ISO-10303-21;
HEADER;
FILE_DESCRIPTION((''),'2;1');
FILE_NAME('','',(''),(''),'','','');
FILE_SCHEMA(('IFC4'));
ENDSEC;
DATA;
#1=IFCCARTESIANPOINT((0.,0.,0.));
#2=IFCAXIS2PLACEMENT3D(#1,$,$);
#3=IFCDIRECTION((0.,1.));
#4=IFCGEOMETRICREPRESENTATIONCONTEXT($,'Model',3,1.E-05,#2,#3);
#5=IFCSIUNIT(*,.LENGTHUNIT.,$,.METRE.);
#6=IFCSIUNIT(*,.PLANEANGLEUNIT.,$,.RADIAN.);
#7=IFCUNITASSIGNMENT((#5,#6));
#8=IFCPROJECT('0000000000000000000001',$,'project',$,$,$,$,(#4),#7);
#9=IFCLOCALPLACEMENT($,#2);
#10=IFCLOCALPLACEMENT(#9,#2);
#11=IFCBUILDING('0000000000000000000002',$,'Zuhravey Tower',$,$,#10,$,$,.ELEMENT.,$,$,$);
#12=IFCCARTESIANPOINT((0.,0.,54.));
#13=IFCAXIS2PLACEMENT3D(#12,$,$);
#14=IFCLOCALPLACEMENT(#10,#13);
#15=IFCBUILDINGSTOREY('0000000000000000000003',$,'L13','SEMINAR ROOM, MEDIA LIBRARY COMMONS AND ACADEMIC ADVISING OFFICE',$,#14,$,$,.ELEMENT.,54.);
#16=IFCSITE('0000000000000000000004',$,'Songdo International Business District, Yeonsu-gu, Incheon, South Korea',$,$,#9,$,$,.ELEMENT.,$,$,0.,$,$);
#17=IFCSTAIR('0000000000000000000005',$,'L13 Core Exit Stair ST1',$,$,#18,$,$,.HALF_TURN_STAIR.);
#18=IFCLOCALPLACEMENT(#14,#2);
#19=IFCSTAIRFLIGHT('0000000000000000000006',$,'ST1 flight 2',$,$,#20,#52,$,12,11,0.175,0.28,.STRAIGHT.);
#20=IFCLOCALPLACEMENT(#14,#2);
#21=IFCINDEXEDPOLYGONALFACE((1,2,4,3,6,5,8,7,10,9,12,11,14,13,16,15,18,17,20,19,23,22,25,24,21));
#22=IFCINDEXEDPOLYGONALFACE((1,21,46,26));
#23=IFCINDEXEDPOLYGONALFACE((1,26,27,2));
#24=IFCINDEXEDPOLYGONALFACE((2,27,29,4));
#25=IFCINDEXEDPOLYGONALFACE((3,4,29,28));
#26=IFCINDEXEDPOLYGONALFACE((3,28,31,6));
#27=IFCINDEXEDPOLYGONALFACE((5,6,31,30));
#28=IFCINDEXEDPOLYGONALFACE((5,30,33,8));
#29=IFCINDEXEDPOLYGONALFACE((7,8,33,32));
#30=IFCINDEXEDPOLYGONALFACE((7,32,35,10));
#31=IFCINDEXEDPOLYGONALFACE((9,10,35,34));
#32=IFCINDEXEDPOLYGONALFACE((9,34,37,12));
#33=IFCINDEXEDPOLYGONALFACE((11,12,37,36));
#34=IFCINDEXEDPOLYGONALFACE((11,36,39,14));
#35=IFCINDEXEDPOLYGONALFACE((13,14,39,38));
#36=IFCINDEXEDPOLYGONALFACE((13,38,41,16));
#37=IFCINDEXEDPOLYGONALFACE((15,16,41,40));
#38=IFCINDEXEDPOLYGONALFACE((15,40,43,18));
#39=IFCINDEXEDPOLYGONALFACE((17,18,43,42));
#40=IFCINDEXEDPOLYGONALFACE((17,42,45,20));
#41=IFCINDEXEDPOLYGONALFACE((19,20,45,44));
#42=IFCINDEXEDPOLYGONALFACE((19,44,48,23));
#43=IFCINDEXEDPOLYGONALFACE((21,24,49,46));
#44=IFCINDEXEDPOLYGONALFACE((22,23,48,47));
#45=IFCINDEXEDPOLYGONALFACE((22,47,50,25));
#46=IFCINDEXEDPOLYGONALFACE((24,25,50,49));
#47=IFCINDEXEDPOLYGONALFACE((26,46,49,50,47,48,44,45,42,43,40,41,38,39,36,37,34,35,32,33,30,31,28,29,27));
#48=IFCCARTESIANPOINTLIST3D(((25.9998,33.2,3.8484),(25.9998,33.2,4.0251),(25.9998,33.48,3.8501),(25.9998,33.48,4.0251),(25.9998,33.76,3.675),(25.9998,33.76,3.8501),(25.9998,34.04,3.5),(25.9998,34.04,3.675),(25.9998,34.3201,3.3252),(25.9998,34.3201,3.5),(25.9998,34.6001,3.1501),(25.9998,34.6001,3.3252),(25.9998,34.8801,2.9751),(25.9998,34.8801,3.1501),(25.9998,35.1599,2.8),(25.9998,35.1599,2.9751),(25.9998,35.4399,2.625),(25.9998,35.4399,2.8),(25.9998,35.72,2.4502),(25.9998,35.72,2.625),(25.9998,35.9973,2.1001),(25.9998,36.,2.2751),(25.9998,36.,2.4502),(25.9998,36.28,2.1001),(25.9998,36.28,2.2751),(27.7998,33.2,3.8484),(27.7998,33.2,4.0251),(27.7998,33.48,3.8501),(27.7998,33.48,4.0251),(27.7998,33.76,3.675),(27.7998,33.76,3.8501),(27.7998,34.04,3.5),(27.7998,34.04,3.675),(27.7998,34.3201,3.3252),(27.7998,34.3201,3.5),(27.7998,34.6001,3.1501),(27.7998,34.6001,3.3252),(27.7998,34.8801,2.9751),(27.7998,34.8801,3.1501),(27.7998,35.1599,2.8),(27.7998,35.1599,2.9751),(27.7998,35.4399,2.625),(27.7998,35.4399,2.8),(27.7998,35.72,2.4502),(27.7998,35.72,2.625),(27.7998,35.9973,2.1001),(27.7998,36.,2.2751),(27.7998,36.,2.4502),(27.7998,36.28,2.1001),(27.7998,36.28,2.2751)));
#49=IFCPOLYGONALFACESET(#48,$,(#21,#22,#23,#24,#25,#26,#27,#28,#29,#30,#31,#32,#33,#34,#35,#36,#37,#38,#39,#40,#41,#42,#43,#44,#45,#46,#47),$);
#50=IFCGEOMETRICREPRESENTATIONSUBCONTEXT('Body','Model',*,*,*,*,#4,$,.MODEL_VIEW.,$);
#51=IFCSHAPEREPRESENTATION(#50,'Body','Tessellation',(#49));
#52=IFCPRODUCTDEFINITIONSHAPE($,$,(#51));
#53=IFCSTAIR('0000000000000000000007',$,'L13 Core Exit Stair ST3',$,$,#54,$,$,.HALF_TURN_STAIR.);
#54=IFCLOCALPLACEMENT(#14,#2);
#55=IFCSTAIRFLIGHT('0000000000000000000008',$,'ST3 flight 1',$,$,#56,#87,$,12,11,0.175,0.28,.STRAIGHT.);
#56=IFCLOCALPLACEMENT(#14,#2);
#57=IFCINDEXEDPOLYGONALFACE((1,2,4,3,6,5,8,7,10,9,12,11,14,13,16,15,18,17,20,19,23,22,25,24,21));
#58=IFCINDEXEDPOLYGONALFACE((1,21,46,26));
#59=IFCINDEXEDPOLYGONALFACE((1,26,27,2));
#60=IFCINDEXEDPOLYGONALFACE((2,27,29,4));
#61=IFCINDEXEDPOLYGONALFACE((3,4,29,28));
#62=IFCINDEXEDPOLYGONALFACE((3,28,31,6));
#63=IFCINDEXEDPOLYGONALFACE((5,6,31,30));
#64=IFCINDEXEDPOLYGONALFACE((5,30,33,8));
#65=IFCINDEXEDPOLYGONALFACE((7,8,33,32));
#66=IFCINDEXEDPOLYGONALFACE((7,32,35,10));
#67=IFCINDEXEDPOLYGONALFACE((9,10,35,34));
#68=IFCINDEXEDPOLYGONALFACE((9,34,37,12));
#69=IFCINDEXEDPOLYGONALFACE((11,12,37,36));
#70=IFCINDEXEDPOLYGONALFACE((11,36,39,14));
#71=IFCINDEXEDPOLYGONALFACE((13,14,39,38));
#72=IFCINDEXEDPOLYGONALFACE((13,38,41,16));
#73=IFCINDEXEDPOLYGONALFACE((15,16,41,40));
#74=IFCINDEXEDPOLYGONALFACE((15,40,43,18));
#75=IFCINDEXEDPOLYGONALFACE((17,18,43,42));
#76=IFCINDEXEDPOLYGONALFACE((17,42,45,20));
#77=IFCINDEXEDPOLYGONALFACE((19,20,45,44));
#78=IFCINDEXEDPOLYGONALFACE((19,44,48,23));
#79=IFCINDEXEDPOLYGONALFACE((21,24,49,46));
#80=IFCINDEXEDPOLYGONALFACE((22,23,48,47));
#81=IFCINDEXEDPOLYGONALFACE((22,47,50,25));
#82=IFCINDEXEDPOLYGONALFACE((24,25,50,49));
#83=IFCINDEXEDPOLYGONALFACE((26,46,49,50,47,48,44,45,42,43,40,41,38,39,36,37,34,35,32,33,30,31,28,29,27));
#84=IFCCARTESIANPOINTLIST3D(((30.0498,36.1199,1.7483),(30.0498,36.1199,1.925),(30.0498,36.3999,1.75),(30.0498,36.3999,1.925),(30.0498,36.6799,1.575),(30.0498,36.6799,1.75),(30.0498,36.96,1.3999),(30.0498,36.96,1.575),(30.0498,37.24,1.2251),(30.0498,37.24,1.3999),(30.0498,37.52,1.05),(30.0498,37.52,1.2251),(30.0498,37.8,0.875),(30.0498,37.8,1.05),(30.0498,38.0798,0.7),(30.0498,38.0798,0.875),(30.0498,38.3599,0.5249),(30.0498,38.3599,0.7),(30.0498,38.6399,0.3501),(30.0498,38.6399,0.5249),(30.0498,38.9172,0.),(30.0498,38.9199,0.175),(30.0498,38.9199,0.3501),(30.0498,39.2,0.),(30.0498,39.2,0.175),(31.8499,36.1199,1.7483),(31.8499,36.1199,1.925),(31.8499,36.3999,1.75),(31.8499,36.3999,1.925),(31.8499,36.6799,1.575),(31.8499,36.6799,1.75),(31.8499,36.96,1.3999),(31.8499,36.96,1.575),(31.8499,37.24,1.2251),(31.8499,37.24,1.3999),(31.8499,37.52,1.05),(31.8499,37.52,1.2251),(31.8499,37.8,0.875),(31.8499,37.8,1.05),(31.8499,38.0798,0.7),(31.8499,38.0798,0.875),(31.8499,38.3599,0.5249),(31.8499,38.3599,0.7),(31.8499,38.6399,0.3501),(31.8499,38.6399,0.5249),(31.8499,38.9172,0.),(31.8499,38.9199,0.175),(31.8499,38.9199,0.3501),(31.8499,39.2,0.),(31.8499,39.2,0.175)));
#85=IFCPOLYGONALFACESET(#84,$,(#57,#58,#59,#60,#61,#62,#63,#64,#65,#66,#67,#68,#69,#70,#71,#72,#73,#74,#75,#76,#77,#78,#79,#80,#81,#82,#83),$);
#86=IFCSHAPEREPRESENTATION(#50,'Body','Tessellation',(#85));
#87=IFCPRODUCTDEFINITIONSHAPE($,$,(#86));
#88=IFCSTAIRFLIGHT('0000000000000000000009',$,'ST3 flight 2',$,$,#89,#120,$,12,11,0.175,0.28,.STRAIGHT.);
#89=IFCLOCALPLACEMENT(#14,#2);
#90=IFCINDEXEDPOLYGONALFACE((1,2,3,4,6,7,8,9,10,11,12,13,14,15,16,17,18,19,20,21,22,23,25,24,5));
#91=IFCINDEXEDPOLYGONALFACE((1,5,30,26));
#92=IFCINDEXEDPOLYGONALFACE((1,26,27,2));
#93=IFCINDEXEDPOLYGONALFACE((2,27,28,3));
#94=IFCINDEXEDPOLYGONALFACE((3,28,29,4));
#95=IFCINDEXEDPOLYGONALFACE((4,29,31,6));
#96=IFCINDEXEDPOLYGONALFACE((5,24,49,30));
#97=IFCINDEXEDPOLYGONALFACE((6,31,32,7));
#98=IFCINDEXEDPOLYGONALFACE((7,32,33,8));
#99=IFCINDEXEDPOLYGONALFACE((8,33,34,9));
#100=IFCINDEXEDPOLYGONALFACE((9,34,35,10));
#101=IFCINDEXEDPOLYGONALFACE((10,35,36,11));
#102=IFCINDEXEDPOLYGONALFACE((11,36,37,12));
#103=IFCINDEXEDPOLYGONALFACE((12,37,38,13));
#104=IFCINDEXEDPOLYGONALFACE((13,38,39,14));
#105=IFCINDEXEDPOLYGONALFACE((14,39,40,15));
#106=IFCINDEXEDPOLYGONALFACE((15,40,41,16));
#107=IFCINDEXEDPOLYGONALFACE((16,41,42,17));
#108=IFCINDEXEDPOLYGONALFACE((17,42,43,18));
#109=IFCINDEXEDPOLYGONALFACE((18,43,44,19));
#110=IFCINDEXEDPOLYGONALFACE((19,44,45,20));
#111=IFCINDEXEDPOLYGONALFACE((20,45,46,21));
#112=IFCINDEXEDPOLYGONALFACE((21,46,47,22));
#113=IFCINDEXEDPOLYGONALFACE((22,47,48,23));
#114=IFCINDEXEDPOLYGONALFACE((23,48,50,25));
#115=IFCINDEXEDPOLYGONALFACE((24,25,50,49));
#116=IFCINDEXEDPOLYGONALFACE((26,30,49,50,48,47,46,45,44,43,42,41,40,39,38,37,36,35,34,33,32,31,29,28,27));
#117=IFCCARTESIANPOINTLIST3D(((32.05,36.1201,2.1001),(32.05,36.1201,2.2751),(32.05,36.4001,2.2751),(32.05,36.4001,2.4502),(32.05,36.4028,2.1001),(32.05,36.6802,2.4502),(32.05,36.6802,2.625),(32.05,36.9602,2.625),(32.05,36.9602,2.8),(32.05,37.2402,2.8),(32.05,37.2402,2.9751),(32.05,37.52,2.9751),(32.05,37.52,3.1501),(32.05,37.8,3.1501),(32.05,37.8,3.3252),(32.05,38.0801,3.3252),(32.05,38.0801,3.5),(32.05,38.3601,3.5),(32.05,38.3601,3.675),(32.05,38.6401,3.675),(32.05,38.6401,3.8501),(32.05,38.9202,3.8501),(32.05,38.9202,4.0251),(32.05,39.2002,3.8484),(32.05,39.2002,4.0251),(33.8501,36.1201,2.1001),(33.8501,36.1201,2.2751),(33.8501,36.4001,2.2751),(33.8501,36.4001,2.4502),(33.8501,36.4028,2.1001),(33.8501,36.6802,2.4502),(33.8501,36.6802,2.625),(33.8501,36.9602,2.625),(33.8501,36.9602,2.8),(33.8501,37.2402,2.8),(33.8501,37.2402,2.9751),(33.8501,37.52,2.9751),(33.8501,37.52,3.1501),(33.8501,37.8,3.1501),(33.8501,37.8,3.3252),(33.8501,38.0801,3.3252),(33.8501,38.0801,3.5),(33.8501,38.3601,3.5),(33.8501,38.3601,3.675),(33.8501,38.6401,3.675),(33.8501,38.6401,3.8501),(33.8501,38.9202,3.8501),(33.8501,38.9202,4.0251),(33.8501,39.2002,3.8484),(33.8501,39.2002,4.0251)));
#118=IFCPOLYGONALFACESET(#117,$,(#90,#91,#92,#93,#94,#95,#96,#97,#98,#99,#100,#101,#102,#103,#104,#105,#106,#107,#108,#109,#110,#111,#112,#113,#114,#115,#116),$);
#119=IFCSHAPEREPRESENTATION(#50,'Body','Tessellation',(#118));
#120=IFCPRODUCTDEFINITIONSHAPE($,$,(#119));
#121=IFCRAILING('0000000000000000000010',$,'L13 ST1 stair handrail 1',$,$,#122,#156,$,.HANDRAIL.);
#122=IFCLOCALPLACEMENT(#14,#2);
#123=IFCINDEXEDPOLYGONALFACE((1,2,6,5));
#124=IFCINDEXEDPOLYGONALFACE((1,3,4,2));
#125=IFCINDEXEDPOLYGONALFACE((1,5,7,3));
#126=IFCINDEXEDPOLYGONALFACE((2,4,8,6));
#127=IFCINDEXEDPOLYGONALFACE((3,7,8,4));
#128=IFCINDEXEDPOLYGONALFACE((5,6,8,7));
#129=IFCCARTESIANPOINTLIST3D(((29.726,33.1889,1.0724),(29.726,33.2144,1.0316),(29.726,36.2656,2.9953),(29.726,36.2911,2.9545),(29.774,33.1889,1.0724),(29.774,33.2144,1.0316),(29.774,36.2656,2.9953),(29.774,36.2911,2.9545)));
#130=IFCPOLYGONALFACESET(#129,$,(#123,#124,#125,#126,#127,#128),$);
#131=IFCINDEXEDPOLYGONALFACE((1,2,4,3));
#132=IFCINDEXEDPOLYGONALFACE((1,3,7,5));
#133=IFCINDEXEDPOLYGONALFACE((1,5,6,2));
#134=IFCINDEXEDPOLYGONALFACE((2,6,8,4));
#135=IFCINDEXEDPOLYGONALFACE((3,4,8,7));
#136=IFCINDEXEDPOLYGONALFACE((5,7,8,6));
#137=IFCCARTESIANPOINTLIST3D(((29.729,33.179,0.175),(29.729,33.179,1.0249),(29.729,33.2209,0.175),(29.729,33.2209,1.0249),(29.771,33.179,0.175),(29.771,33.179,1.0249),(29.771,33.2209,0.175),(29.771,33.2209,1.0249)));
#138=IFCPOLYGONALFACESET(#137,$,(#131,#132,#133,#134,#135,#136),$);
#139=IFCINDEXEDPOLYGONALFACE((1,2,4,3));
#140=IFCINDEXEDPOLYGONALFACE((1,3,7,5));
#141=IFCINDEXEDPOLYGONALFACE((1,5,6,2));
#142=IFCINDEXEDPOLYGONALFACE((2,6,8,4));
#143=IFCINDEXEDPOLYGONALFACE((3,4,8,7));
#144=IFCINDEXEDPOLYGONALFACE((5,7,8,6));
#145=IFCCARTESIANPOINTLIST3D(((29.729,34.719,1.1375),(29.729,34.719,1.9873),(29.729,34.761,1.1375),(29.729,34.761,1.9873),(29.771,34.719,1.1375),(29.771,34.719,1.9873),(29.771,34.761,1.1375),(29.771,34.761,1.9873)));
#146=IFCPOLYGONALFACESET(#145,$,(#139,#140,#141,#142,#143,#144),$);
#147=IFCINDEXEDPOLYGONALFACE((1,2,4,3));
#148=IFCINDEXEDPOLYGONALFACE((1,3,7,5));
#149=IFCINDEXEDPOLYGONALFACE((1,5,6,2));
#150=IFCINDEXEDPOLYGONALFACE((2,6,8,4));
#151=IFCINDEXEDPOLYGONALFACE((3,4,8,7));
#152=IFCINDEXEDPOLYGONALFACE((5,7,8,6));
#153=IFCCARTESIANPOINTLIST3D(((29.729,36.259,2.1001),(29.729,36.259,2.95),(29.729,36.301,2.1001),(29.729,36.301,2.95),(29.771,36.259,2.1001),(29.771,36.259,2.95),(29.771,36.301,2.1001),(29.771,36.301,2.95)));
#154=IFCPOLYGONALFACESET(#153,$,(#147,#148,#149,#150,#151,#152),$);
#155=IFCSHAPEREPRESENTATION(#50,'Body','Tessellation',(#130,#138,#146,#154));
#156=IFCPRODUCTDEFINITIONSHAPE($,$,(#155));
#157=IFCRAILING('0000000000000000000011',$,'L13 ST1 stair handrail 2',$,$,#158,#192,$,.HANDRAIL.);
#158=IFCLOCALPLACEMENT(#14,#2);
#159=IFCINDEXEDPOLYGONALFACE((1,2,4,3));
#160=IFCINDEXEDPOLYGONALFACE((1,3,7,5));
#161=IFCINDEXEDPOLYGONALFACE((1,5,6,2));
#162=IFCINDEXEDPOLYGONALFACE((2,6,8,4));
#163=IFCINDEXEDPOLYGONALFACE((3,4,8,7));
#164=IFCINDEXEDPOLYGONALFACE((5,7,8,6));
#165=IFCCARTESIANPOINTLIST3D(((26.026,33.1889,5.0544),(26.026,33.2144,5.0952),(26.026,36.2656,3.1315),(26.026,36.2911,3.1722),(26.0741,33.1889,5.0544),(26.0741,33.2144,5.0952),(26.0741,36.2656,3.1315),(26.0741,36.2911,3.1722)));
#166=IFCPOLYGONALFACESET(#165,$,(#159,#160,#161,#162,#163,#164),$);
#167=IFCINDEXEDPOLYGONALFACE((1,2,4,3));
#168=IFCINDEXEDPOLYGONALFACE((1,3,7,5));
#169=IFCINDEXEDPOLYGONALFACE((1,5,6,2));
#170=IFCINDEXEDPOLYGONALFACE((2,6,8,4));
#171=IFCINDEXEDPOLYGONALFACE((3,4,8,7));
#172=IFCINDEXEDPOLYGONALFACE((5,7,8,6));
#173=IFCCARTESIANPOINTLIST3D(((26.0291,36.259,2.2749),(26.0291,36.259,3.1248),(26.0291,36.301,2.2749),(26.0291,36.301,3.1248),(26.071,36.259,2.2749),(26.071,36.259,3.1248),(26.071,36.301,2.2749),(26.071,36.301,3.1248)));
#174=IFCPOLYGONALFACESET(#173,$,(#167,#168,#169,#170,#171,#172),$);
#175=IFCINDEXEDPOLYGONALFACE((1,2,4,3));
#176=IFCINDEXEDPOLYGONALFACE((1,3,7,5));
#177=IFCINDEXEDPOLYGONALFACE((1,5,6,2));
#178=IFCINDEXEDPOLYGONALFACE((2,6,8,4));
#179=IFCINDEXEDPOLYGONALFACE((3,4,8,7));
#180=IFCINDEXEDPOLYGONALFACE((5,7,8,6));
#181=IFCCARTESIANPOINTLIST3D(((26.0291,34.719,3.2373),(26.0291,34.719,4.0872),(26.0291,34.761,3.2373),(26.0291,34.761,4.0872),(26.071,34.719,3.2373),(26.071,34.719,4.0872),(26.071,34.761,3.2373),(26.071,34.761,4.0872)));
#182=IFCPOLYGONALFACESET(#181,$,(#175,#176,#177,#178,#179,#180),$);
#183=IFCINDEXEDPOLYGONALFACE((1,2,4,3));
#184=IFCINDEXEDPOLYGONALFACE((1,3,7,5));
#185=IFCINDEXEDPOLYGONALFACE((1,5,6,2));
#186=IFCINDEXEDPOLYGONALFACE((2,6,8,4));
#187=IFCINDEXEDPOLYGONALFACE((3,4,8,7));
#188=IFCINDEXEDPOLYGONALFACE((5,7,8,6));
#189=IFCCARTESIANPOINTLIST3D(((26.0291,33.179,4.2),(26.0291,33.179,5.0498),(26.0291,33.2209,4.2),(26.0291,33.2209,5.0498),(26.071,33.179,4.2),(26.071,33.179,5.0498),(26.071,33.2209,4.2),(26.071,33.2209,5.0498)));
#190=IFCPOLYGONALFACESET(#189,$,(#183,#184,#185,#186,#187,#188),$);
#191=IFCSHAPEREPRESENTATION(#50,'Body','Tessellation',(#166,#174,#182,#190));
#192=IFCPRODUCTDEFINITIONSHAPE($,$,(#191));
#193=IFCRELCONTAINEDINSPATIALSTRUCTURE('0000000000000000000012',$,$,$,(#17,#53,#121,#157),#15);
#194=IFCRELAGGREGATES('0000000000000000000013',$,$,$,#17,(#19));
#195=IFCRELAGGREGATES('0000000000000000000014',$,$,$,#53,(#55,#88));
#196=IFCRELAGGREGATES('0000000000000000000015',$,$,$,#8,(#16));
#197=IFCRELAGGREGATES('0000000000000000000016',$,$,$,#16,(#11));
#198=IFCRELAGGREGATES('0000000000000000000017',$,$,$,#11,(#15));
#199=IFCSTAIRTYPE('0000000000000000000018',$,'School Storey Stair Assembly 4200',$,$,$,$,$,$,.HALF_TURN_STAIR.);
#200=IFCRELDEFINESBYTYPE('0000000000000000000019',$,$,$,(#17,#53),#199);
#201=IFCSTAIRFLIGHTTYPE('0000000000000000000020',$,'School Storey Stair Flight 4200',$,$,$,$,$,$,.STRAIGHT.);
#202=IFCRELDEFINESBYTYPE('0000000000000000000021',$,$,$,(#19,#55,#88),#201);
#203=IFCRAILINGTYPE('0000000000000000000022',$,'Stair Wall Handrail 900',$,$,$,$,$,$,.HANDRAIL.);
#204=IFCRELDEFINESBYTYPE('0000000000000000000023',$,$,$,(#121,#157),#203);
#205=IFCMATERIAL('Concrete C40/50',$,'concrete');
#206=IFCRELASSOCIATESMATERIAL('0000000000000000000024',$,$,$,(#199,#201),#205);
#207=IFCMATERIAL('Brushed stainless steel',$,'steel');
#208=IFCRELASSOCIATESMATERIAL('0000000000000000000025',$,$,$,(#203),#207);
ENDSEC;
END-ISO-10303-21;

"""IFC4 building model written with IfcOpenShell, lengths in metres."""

from ifc_helpers import new_model, si_unit, direction, frame, origin, origin_2d, place, context, subcontext, project, spatial, polyline, rectangle, outline, extrude, material, type_object, element, aggregate, save


model = new_model("IFC4")

# Units and contexts
model_context = context("Model", 3, precision=1e-05, world=origin(), true_north=direction((0.0, 1.0)))
body_context = subcontext(model_context, "Body", "Model", "MODEL_VIEW")
ifc_project = project(units=[si_unit("LENGTHUNIT", "METRE"), si_unit("PLANEANGLEUNIT", "RADIAN")], contexts=[model_context])

# Site, building, storey
site_placement = place(None, origin())
site = spatial("IfcSite", under=ifc_project, at=site_placement, Name="Songdo International Business District, Yeonsu-gu, Incheon, South Korea", CompositionType="ELEMENT", RefElevation=0.0)
building_placement = place(site_placement, origin())
building = spatial("IfcBuilding", under=site, at=building_placement, Name="Zuhravey Tower", CompositionType="ELEMENT")
storey_placement = place(building_placement, frame((0.0, 0.0, 54.0)))
storey = spatial("IfcBuildingStorey", under=building, at=storey_placement, Name="L13", Description="SEMINAR ROOM, MEDIA LIBRARY COMMONS AND ACADEMIC ADVISING OFFICE", CompositionType="ELEMENT", Elevation=54.0)

# Stairs, stair flights
ifc_material_1 = material(Name="Concrete C40/50", Category="concrete")
stair_type = type_object("IfcStairType", Name="School Storey Stair Assembly 4200", PredefinedType="HALF_TURN_STAIR", material=ifc_material_1)
stair_1_placement = place(storey_placement, origin())
stair_1 = element("IfcStair", 1, at=stair_1_placement, inside=storey, type_object=stair_type, Name="L13 Core Exit Stair ST1", PredefinedType="HALF_TURN_STAIR")
stair_flight_type = type_object("IfcStairFlightType", Name="School Storey Stair Flight 4200", PredefinedType="STRAIGHT", material=ifc_material_1)
stair_flight_1_placement = place(storey_placement, frame((26.8999, 36.28, 2.1001), z_axis=(0.0, 0.0, 1.0), x_axis=(0.0, -1.0, 0.0)))
stair_flight_1 = element("IfcStairFlight", 2, at=stair_flight_1_placement, type_object=stair_flight_type, Name="ST1 flight 2", NumberOfRisers=12, NumberOfTreads=11, PredefinedType="STRAIGHT", RiserHeight=0.175, TreadLength=0.28, context=body_context, shape_type="SweptSolid", body=[
    extrude(outline(polyline([(0.0, 0.0), (0.0, 0.175), (0.28, 0.175), (0.28, 0.3501), (0.5601, 0.3501), (0.5601, 0.5249), (0.8401, 0.5249), (0.8401, 0.7), (1.1201, 0.7), (1.1201, 0.875), (1.3999, 0.875), (1.3999, 1.05), (1.6799, 1.05), (1.6799, 1.2251), (1.96, 1.2251), (1.96, 1.3999), (2.24, 1.3999), (2.24, 1.575), (2.52, 1.575), (2.52, 1.75), (2.8, 1.75), (2.8, 1.925), (3.0801, 1.925), (3.0801, 2.1001), (3.0801, 1.7483), (0.2827, 0.0), (0.0, 0.0)])), frame((0.0, 0.8999, 0.0), z_axis=(0.0, -1.0, 0.0), x_axis=(1.0, 0.0, 0.0)), (0.0, 0.0, 1.0), 1.8),
])
aggregate(stair_1, [stair_flight_1])
stair_2_placement = place(storey_placement, origin())
stair_2 = element("IfcStair", 3, at=stair_2_placement, inside=storey, type_object=stair_type, Name="L13 Core Exit Stair ST3", PredefinedType="HALF_TURN_STAIR")
stair_flight_2_placement = place(storey_placement, frame((30.95, 39.2, 0.0), z_axis=(0.0, 0.0, 1.0), x_axis=(0.0, -1.0, 0.0)))
stair_flight_2 = element("IfcStairFlight", 4, at=stair_flight_2_placement, type_object=stair_flight_type, Name="ST3 flight 1", NumberOfRisers=12, NumberOfTreads=11, PredefinedType="STRAIGHT", RiserHeight=0.175, TreadLength=0.28, context=body_context, shape_type="SweptSolid", body=[
    extrude(outline(polyline([(0.0, 0.0), (0.0, 0.175), (0.28, 0.175), (0.28, 0.3501), (0.5601, 0.3501), (0.5601, 0.5249), (0.8401, 0.5249), (0.8401, 0.7), (1.1201, 0.7), (1.1201, 0.875), (1.3999, 0.875), (1.3999, 1.05), (1.6799, 1.05), (1.6799, 1.2251), (1.96, 1.2251), (1.96, 1.3999), (2.24, 1.3999), (2.24, 1.575), (2.52, 1.575), (2.52, 1.75), (2.8, 1.75), (2.8, 1.925), (3.0801, 1.925), (3.0801, 2.1001), (3.0801, 1.7483), (0.2827, 0.0), (0.0, 0.0)])), frame((0.0, 0.8999, 0.0), z_axis=(0.0, -1.0, 0.0), x_axis=(1.0, 0.0, 0.0)), (0.0, 0.0, 1.0), 1.8),
])
stair_flight_3_placement = place(storey_placement, frame((32.95, 36.1201, 2.1001), z_axis=(0.0, 0.0, 1.0), x_axis=(0.0, 1.0, 0.0)))
stair_flight_3 = element("IfcStairFlight", 5, at=stair_flight_3_placement, type_object=stair_flight_type, Name="ST3 flight 2", NumberOfRisers=12, NumberOfTreads=11, PredefinedType="STRAIGHT", RiserHeight=0.175, TreadLength=0.28, context=body_context, shape_type="SweptSolid", body=[
    extrude(outline(polyline([(0.0, 0.0), (0.0, 0.175), (0.28, 0.175), (0.28, 0.3501), (0.5601, 0.3501), (0.5601, 0.5249), (0.8401, 0.5249), (0.8401, 0.7), (1.1201, 0.7), (1.1201, 0.875), (1.3999, 0.875), (1.3999, 1.05), (1.6799, 1.05), (1.6799, 1.2251), (1.96, 1.2251), (1.96, 1.3999), (2.24, 1.3999), (2.24, 1.575), (2.52, 1.575), (2.52, 1.75), (2.8, 1.75), (2.8, 1.925), (3.0801, 1.925), (3.0801, 2.1001), (3.0801, 1.7483), (0.2827, 0.0), (0.0, 0.0)])), frame((0.0, 0.8999, 0.0), z_axis=(0.0, -1.0, 0.0), x_axis=(1.0, 0.0, 0.0)), (0.0, 0.0, 1.0), 1.8),
])
aggregate(stair_2, [stair_flight_2, stair_flight_3])

# Railings
ifc_material_2 = material(Name="Brushed stainless steel", Category="steel")
railing_type_1 = type_object("IfcRailingType", Name="Stair Wall Handrail 900", PredefinedType="HANDRAIL", material=ifc_material_2)
railing_1_placement = place(storey_placement, frame((29.75, 33.2, 0.175)))
element("IfcRailing", 6, at=railing_1_placement, inside=storey, type_object=railing_type_1, Name="L13 ST1 stair handrail 1", PredefinedType="HANDRAIL", context=body_context, shape_type="SweptSolid", body=[
    extrude(rectangle(XDim=0.0481, YDim=0.0481, at=origin_2d()), frame((0.0, 0.0017, 0.877), z_axis=(0.0, 0.847998, 0.529999), x_axis=(-1.0, 0.0, 0.0)), (0.0, 0.0, 1.0), 3.6282),
    extrude(rectangle(XDim=0.042, YDim=0.042, at=origin_2d()), origin(), (0.0, 0.0, 1.0), 0.8499),
    extrude(rectangle(XDim=0.042, YDim=0.042, at=origin_2d()), frame((0.0, 1.54, 0.9624)), (0.0, 0.0, 1.0), 0.8499),
    extrude(rectangle(XDim=0.042, YDim=0.042, at=origin_2d()), frame((0.0, 3.0801, 1.925)), (0.0, 0.0, 1.0), 0.8499),
])
railing_2_placement = place(storey_placement, frame((26.05, 36.28, 2.2749)))
element("IfcRailing", 7, at=railing_2_placement, inside=storey, type_object=railing_type_1, Name="L13 ST1 stair handrail 2", PredefinedType="HANDRAIL", context=body_context, shape_type="SweptSolid", body=[
    extrude(rectangle(XDim=0.0481, YDim=0.0481, at=origin_2d()), frame((0.0, -0.0017, 0.877), z_axis=(0.0, -0.847998, 0.529999), x_axis=(1.0, 0.0, 0.0)), (0.0, 0.0, 1.0), 3.6282),
    extrude(rectangle(XDim=0.042, YDim=0.042, at=origin_2d()), origin(), (0.0, 0.0, 1.0), 0.8499),
    extrude(rectangle(XDim=0.042, YDim=0.042, at=origin_2d()), frame((0.0, -1.54, 0.9624)), (0.0, 0.0, 1.0), 0.8499),
    extrude(rectangle(XDim=0.042, YDim=0.042, at=origin_2d()), frame((0.0, -3.0801, 1.925)), (0.0, 0.0, 1.0), 0.8499),
])

save(model, "model.ifc")
